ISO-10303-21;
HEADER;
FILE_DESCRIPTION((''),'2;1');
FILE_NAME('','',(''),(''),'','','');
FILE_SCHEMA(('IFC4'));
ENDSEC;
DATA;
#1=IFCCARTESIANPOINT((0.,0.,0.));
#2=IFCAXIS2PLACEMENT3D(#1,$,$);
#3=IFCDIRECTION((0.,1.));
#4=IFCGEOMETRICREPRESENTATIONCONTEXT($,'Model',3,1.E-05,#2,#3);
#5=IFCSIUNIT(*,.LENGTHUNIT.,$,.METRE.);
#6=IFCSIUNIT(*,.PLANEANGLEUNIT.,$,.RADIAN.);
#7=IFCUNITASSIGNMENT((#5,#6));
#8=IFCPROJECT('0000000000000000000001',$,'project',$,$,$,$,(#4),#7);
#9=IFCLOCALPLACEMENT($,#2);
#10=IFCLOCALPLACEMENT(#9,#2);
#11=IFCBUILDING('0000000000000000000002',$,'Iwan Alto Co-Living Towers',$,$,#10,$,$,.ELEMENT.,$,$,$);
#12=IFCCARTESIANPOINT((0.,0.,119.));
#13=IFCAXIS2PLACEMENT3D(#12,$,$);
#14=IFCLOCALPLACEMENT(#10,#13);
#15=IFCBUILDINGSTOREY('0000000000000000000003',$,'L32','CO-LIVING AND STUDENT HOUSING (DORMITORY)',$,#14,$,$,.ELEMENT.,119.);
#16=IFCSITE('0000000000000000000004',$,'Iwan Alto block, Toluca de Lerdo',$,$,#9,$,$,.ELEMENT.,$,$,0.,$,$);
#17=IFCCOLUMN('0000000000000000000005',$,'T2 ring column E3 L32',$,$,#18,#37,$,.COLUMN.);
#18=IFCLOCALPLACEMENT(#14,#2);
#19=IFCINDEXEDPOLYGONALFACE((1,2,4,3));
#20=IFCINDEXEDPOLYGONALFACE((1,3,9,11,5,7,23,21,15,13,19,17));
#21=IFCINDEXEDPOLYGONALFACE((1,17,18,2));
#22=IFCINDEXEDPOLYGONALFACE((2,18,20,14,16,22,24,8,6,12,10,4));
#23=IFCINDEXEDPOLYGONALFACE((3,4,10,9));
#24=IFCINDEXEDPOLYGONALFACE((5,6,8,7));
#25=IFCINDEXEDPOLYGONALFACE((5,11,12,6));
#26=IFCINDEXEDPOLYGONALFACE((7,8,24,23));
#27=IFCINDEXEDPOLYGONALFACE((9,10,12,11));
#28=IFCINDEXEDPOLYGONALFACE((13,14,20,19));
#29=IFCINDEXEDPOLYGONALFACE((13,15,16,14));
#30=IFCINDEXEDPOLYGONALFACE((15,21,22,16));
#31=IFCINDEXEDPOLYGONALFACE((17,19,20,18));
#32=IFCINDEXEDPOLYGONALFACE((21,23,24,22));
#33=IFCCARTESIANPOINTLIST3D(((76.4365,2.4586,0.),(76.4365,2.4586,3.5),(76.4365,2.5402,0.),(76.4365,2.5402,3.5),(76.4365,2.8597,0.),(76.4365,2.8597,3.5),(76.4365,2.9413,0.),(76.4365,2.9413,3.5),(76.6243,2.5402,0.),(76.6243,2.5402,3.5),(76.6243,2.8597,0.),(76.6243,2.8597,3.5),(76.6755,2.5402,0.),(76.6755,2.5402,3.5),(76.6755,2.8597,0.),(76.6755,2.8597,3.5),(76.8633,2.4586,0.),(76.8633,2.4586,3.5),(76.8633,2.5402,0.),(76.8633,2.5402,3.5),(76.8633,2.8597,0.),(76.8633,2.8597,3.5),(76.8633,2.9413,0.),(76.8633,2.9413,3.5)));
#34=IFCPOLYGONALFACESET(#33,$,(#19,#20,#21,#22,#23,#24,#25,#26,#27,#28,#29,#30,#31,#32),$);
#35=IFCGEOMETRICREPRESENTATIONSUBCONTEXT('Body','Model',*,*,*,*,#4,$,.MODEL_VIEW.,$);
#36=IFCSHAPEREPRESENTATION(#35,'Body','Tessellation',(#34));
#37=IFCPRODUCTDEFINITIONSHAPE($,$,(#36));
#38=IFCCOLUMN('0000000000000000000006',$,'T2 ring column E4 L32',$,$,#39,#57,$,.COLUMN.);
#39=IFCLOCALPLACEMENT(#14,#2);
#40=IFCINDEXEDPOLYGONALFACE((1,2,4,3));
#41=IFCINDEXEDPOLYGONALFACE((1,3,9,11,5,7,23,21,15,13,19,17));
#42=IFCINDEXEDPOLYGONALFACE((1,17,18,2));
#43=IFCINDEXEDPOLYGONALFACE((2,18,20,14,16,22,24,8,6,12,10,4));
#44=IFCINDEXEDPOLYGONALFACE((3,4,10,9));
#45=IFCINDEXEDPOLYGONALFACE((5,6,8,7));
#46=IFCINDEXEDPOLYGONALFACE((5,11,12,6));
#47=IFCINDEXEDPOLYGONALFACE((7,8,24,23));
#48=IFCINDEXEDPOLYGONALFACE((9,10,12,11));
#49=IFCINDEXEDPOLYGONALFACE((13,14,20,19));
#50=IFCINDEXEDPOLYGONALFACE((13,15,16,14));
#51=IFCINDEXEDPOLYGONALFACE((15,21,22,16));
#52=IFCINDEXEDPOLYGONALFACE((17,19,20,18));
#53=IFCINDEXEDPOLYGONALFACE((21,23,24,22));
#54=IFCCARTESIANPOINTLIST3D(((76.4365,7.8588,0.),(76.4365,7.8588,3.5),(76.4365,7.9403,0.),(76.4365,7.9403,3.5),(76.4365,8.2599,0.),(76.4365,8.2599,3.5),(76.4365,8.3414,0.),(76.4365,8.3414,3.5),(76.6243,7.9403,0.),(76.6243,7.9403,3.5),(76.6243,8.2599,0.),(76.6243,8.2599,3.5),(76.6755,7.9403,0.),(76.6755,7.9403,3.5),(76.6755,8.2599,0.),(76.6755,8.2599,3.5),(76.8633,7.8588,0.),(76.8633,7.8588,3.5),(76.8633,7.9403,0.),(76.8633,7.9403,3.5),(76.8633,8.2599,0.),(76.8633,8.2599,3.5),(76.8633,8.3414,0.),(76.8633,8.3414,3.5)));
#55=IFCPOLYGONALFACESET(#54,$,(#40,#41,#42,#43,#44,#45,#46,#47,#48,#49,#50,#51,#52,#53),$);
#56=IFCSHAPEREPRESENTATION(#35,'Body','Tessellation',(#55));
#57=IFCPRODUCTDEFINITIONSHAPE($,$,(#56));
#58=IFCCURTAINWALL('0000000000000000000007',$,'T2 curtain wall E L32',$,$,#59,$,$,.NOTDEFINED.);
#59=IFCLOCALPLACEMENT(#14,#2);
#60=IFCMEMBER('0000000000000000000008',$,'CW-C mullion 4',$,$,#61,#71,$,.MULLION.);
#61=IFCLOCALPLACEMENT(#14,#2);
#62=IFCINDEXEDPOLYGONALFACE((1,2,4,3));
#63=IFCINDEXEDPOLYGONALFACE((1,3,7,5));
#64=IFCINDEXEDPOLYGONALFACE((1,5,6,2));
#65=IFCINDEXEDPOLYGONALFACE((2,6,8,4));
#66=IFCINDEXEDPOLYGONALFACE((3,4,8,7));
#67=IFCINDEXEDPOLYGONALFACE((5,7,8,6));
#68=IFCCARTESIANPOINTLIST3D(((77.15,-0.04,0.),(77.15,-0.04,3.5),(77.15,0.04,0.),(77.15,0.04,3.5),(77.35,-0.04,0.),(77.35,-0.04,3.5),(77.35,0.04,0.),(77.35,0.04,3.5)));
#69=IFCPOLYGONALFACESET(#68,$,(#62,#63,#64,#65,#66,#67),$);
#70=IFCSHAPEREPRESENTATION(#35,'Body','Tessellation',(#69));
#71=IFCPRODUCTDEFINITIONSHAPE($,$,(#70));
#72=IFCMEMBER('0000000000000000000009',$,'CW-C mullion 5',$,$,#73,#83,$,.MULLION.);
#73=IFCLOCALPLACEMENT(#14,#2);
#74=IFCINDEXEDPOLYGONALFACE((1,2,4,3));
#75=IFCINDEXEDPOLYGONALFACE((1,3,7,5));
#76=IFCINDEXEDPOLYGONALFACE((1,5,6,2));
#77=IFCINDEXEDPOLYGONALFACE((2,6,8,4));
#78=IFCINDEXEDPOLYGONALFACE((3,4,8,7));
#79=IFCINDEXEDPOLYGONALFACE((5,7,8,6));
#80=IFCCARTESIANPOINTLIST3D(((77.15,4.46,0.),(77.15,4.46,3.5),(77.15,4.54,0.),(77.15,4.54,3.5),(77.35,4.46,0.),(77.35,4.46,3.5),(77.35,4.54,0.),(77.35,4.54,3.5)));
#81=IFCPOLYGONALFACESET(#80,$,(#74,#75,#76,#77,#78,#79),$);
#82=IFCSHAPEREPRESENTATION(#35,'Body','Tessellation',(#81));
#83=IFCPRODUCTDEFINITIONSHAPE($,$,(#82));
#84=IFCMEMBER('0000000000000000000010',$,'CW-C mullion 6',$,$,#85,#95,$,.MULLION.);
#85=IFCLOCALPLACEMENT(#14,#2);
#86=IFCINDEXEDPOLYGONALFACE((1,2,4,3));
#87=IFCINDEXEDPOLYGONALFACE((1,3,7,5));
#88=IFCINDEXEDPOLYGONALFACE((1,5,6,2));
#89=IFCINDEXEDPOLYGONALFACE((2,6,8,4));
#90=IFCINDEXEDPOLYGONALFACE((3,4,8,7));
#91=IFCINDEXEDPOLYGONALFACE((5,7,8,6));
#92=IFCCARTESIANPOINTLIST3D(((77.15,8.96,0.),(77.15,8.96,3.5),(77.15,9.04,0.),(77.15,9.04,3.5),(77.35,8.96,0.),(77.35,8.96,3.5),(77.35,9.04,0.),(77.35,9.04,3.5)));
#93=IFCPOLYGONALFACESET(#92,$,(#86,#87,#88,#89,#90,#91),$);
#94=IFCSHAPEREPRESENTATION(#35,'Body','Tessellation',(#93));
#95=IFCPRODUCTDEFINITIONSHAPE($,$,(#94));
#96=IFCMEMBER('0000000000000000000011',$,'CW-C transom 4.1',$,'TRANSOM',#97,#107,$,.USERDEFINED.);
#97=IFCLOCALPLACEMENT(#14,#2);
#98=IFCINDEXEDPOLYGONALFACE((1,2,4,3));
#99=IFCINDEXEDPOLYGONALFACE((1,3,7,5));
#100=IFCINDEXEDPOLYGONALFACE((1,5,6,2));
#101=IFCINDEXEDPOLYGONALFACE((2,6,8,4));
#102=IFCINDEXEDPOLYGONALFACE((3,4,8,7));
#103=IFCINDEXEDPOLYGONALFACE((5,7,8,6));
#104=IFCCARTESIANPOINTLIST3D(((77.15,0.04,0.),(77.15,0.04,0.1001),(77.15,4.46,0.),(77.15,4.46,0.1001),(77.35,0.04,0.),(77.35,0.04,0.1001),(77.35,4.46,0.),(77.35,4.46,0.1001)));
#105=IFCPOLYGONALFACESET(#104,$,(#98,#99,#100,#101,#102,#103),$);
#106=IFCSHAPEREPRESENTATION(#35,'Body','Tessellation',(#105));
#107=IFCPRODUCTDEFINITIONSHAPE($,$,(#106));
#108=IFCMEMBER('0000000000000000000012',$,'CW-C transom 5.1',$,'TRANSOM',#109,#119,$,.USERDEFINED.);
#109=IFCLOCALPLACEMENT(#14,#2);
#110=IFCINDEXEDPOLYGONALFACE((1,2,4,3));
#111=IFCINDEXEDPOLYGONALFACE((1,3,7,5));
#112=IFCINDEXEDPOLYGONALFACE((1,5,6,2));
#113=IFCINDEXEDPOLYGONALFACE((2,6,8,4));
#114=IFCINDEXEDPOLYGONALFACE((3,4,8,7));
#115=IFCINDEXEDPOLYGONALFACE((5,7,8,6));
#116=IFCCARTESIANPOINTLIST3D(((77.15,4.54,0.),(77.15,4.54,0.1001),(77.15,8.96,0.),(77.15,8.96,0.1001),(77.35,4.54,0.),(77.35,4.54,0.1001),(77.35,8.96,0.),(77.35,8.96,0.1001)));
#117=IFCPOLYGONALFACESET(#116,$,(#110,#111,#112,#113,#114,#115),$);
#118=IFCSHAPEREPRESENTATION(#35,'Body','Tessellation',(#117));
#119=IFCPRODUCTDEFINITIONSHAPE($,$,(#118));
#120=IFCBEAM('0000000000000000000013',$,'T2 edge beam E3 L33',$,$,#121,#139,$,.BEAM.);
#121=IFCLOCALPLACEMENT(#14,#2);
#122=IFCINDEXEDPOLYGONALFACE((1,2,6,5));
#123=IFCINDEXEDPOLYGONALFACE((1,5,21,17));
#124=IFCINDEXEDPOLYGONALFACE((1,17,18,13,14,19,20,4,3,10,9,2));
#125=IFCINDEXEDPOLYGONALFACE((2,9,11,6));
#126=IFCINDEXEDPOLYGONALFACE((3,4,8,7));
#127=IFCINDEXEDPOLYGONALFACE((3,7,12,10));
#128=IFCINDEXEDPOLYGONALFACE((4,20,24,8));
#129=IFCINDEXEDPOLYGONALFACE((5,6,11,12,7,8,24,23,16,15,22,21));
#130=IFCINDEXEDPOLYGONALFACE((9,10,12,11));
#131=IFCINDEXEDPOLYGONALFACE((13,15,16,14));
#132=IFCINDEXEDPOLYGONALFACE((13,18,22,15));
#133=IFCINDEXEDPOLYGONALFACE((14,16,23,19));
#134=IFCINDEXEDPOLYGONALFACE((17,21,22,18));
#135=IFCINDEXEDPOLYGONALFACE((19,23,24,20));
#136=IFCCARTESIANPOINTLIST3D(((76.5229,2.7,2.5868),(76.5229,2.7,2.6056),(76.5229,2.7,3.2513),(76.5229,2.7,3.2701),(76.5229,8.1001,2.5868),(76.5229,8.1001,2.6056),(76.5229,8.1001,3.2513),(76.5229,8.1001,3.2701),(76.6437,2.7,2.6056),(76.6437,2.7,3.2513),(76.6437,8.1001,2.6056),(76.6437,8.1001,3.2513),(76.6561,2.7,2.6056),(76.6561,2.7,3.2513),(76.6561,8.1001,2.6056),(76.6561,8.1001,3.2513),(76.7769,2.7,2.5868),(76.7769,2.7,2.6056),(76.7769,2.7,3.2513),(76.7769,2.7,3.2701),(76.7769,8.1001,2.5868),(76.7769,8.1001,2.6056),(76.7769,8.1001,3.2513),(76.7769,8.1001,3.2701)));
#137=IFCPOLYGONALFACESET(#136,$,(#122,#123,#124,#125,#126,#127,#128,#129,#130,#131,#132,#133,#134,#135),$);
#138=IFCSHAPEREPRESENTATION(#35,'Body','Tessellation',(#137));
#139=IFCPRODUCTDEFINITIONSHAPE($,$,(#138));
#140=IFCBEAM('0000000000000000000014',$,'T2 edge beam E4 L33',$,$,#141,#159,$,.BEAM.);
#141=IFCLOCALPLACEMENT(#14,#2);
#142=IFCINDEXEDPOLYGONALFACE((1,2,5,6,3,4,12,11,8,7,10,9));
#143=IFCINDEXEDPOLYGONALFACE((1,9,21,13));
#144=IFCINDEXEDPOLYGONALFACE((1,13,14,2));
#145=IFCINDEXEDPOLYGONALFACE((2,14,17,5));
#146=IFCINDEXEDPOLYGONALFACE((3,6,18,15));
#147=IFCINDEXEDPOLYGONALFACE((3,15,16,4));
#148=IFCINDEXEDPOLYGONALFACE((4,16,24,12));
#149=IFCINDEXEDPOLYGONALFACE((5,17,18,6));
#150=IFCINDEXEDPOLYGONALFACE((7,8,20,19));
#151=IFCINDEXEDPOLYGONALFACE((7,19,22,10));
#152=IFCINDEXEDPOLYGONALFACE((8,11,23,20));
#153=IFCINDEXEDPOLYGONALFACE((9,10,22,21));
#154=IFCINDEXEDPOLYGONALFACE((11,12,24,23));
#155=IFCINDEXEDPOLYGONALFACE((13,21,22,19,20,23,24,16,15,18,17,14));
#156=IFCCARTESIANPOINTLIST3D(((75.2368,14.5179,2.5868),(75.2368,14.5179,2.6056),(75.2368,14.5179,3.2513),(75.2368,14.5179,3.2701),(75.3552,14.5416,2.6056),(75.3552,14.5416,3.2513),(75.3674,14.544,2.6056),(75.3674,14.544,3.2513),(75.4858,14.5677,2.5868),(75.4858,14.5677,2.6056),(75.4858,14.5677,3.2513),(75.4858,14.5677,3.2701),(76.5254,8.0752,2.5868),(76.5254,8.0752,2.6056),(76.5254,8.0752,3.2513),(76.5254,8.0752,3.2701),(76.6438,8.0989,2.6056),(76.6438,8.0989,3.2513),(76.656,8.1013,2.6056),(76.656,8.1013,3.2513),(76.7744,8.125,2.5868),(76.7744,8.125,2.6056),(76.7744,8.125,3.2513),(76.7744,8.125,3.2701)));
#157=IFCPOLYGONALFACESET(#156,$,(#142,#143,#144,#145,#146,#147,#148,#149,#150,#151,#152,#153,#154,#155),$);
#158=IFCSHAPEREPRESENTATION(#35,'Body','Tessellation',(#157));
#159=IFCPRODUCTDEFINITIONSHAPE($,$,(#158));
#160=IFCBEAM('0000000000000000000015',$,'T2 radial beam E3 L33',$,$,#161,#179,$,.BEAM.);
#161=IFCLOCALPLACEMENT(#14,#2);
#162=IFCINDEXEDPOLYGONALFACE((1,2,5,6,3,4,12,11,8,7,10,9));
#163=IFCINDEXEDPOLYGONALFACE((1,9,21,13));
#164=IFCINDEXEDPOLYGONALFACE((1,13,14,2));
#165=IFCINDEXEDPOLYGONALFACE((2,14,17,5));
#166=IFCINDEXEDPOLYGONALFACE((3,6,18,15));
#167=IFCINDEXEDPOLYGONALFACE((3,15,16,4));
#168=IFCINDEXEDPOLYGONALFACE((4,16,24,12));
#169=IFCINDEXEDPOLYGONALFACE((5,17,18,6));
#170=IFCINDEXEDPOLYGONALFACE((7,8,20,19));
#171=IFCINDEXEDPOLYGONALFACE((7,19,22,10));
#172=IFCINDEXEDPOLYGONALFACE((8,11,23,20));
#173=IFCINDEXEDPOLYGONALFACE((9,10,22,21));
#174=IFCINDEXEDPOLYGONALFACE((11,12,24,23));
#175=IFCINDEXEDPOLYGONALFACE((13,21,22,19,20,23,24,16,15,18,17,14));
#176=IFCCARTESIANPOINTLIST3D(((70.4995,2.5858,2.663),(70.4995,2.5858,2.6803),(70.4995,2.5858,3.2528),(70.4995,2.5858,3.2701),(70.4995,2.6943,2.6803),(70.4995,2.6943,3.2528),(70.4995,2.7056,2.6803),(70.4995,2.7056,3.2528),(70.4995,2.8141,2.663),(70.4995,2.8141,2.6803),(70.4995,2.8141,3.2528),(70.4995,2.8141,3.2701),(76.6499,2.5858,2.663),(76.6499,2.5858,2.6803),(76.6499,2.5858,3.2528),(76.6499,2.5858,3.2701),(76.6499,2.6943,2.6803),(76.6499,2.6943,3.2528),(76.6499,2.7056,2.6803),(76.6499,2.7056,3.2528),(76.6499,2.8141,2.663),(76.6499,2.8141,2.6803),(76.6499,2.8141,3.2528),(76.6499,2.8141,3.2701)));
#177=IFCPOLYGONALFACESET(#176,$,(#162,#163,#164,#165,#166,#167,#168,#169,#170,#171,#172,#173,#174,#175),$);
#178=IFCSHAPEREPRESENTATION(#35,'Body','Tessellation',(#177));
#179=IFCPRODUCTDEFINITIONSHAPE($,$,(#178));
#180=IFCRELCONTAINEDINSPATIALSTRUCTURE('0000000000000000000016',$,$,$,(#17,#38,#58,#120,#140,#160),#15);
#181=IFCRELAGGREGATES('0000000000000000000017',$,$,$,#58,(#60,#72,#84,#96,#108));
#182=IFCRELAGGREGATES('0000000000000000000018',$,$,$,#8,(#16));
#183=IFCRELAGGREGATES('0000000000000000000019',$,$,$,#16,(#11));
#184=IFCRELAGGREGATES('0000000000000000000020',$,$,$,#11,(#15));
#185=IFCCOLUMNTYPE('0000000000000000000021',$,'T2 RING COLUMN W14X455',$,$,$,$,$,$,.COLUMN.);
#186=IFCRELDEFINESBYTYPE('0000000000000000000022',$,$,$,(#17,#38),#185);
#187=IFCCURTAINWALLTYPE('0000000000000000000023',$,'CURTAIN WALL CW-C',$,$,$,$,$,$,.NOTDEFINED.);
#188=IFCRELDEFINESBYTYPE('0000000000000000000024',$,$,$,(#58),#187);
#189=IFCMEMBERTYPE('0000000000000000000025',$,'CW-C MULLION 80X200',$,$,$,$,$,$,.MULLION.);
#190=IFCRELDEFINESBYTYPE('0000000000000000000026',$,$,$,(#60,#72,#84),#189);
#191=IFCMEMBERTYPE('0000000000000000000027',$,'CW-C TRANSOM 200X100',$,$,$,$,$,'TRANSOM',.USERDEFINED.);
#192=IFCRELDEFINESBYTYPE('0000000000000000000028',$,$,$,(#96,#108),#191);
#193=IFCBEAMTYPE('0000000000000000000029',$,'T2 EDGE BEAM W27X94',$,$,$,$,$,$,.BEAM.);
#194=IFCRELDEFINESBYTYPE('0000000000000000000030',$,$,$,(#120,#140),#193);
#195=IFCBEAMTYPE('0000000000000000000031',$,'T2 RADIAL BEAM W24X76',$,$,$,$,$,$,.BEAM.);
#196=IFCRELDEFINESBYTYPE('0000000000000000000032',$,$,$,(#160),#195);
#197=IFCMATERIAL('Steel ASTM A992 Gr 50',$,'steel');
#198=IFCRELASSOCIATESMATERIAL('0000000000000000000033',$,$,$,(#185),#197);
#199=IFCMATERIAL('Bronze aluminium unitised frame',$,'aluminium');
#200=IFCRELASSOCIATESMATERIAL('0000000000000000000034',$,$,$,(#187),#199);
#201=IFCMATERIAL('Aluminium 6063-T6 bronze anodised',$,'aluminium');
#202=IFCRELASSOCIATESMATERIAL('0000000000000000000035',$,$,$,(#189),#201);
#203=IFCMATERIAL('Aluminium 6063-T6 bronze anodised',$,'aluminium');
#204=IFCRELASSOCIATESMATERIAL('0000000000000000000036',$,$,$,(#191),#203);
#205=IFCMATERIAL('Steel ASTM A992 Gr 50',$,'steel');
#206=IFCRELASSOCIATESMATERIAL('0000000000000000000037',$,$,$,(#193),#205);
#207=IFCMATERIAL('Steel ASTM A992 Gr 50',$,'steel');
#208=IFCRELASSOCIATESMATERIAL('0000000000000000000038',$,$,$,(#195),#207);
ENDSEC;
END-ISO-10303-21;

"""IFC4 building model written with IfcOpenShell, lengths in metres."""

from ifc_helpers import new_model, si_unit, direction, frame, origin, origin_2d, place, context, subcontext, project, spatial, rectangle, i_section, extrude, material, material_profile, profile_set, type_object, element, aggregate, save


model = new_model("IFC4")

# Units and contexts
model_context = context("Model", 3, precision=1e-05, world=origin(), true_north=direction((0.0, 1.0)))
body_context = subcontext(model_context, "Body", "Model", "MODEL_VIEW")
ifc_project = project(units=[si_unit("LENGTHUNIT", "METRE"), si_unit("PLANEANGLEUNIT", "RADIAN")], contexts=[model_context])

# Site, building, storey
site_placement = place(None, origin())
site = spatial("IfcSite", under=ifc_project, at=site_placement, Name="Iwan Alto block, Toluca de Lerdo", CompositionType="ELEMENT", RefElevation=0.0)
building_placement = place(site_placement, origin())
building = spatial("IfcBuilding", under=site, at=building_placement, Name="Iwan Alto Co-Living Towers", CompositionType="ELEMENT")
storey_placement = place(building_placement, frame((0.0, 0.0, 119.0)))
storey = spatial("IfcBuildingStorey", under=building, at=storey_placement, Name="L32", Description="CO-LIVING AND STUDENT HOUSING (DORMITORY)", CompositionType="ELEMENT", Elevation=119.0)

# Columns
ifc_material_1 = material(Name="Steel ASTM A992 Gr 50", Category="steel")
ifc_material_profile_1 = material_profile(ifc_material_1, i_section(OverallWidth=0.4268, OverallDepth=0.4827, WebThickness=0.0513, FlangeThickness=0.0815, at=origin_2d()), Name="W14X455")
ifc_profile_set_1 = profile_set([ifc_material_profile_1], Name="Steel ASTM A992 Gr 50")
column_type = type_object("IfcColumnType", Name="T2 RING COLUMN W14X455", PredefinedType="COLUMN", material=ifc_profile_set_1)
for number, where, z_axis, x_axis, name in (
    (1, (76.6499, 2.7, 0.0), (0.0, 0.0, 1.0), (1.0, 0.0, 0.0), "T2 ring column E3 L32"),
    (2, (76.6499, 8.1001, 0.0), (0.0, 0.0, 1.0), (1.0, 0.0, 0.0), "T2 ring column E4 L32"),
):
    element("IfcColumn", number, at=place(storey_placement, frame(where, z_axis=z_axis, x_axis=x_axis)), inside=storey, type_object=column_type, Name=name, PredefinedType="COLUMN", context=body_context, shape_type="SweptSolid", body=[
        extrude(i_section(OverallWidth=0.4268, OverallDepth=0.4827, WebThickness=0.0513, FlangeThickness=0.0815, at=origin_2d()), origin(), (0.0, 0.0, 1.0), 3.5),
    ])

# Curtain wall, members
ifc_material_2 = material(Name="Bronze aluminium unitised frame", Category="aluminium")
curtain_wall_type = type_object("IfcCurtainWallType", Name="CURTAIN WALL CW-C", PredefinedType="NOTDEFINED", material=ifc_material_2)
curtain_wall_placement = place(storey_placement, origin())
curtain_wall = element("IfcCurtainWall", 3, at=curtain_wall_placement, inside=storey, type_object=curtain_wall_type, Name="T2 curtain wall E L32", PredefinedType="NOTDEFINED")
ifc_material_3 = material(Name="Aluminium 6063-T6 bronze anodised", Category="aluminium")
ifc_material_profile_2 = material_profile(ifc_material_3, rectangle(XDim=0.2, YDim=0.0801, at=origin_2d()), Name="AL 80X200")
ifc_profile_set_2 = profile_set([ifc_material_profile_2], Name="Aluminium 6063-T6 bronze anodised")
member_type_1 = type_object("IfcMemberType", Name="CW-C MULLION 80X200", PredefinedType="MULLION", material=ifc_profile_set_2)
member_1_placement = place(storey_placement, frame((77.25, 0.0, 0.0), z_axis=(0.0, 0.0, 1.0), x_axis=(-1.0, 0.0, 0.0)))
member_1 = element("IfcMember", 4, at=member_1_placement, type_object=member_type_1, Name="CW-C mullion 4", PredefinedType="MULLION", context=body_context, shape_type="SweptSolid", body=[
    extrude(rectangle(XDim=0.2, YDim=0.0801, at=origin_2d()), origin(), (0.0, 0.0, 1.0), 3.5),
])
member_2_placement = place(storey_placement, frame((77.25, 4.5, 0.0), z_axis=(0.0, 0.0, 1.0), x_axis=(-1.0, 0.0, 0.0)))
member_2 = element("IfcMember", 5, at=member_2_placement, type_object=member_type_1, Name="CW-C mullion 5", PredefinedType="MULLION", context=body_context, shape_type="SweptSolid", body=[
    extrude(rectangle(XDim=0.2, YDim=0.0801, at=origin_2d()), origin(), (0.0, 0.0, 1.0), 3.5),
])
member_3_placement = place(storey_placement, frame((77.25, 9.0, 0.0), z_axis=(0.0, 0.0, 1.0), x_axis=(-1.0, 0.0, 0.0)))
member_3 = element("IfcMember", 6, at=member_3_placement, type_object=member_type_1, Name="CW-C mullion 6", PredefinedType="MULLION", context=body_context, shape_type="SweptSolid", body=[
    extrude(rectangle(XDim=0.2, YDim=0.0801, at=origin_2d()), origin(), (0.0, 0.0, 1.0), 3.5),
])
ifc_material_4 = material(Name="Aluminium 6063-T6 bronze anodised", Category="aluminium")
ifc_material_profile_3 = material_profile(ifc_material_4, rectangle(XDim=0.2, YDim=0.1001, at=origin_2d()), Name="AL 200X100")
ifc_profile_set_3 = profile_set([ifc_material_profile_3], Name="Aluminium 6063-T6 bronze anodised")
member_type_2 = type_object("IfcMemberType", Name="CW-C TRANSOM 200X100", ElementType="TRANSOM", PredefinedType="USERDEFINED", material=ifc_profile_set_3)
member_4_placement = place(storey_placement, frame((77.25, 0.04, 0.05), z_axis=(0.0, 1.0, 0.0), x_axis=(-1.0, 0.0, 0.0)))
member_4 = element("IfcMember", 7, at=member_4_placement, type_object=member_type_2, Name="CW-C transom 4.1", ObjectType="TRANSOM", PredefinedType="USERDEFINED", context=body_context, shape_type="SweptSolid", body=[
    extrude(rectangle(XDim=0.2, YDim=0.1001, at=origin_2d()), origin(), (0.0, 0.0, 1.0), 4.4199),
])
member_5_placement = place(storey_placement, frame((77.25, 4.54, 0.05), z_axis=(0.0, 1.0, 0.0), x_axis=(-1.0, 0.0, 0.0)))
member_5 = element("IfcMember", 8, at=member_5_placement, type_object=member_type_2, Name="CW-C transom 5.1", ObjectType="TRANSOM", PredefinedType="USERDEFINED", context=body_context, shape_type="SweptSolid", body=[
    extrude(rectangle(XDim=0.2, YDim=0.1001, at=origin_2d()), origin(), (0.0, 0.0, 1.0), 4.4199),
])

# Beams
ifc_material_5 = material(Name="Steel ASTM A992 Gr 50", Category="steel")
ifc_material_profile_4 = material_profile(ifc_material_5, i_section(OverallWidth=0.2539, OverallDepth=0.6833, WebThickness=0.0125, FlangeThickness=0.0188, at=origin_2d()), Name="W27X94")
ifc_profile_set_4 = profile_set([ifc_material_profile_4], Name="Steel ASTM A992 Gr 50")
beam_type_1 = type_object("IfcBeamType", Name="T2 EDGE BEAM W27X94", PredefinedType="BEAM", material=ifc_profile_set_4)
beam_1_placement = place(storey_placement, frame((76.6499, 2.7, 2.9285), z_axis=(0.0, 1.0, 0.0), x_axis=(-1.0, 0.0, 0.0)))
element("IfcBeam", 9, at=beam_1_placement, inside=storey, type_object=beam_type_1, Name="T2 edge beam E3 L33", PredefinedType="BEAM", context=body_context, shape_type="SweptSolid", body=[
    extrude(i_section(OverallWidth=0.2539, OverallDepth=0.6833, WebThickness=0.0125, FlangeThickness=0.0188, at=origin_2d()), origin(), (0.0, 0.0, 1.0), 5.4001),
])
beam_2_placement = place(storey_placement, frame((76.6499, 8.1001, 2.9285), z_axis=(-0.196123, 0.980579, 0.0), x_axis=(-0.980579, -0.196123, 0.0)))
element("IfcBeam", 10, at=beam_2_placement, inside=storey, type_object=beam_type_1, Name="T2 edge beam E4 L33", PredefinedType="BEAM", context=body_context, shape_type="SweptSolid", body=[
    extrude(i_section(OverallWidth=0.2539, OverallDepth=0.6833, WebThickness=0.0125, FlangeThickness=0.0188, at=origin_2d()), origin(), (0.0, 0.0, 1.0), 6.5703),
])
ifc_material_6 = material(Name="Steel ASTM A992 Gr 50", Category="steel")
ifc_material_profile_5 = material_profile(ifc_material_6, i_section(OverallWidth=0.2283, OverallDepth=0.6072, WebThickness=0.0112, FlangeThickness=0.0173, at=origin_2d()), Name="W24X76")
ifc_profile_set_5 = profile_set([ifc_material_profile_5], Name="Steel ASTM A992 Gr 50")
beam_type_2 = type_object("IfcBeamType", Name="T2 RADIAL BEAM W24X76", PredefinedType="BEAM", material=ifc_profile_set_5)
for number, where, z_axis, x_axis, name in (
    (11, (76.6499, 2.7, 2.9666), (-1.0, 0.0, 0.0), (0.0, -1.0, 0.0), "T2 radial beam E3 L33"),
):
    element("IfcBeam", number, at=place(storey_placement, frame(where, z_axis=z_axis, x_axis=x_axis)), inside=storey, type_object=beam_type_2, Name=name, PredefinedType="BEAM", context=body_context, shape_type="SweptSolid", body=[
        extrude(i_section(OverallWidth=0.2283, OverallDepth=0.6072, WebThickness=0.0112, FlangeThickness=0.0173, at=origin_2d()), origin(), (0.0, 0.0, 1.0), 6.1504),
    ])

aggregate(curtain_wall, [member_1, member_2, member_3, member_4, member_5])

save(model, "model.ifc")
